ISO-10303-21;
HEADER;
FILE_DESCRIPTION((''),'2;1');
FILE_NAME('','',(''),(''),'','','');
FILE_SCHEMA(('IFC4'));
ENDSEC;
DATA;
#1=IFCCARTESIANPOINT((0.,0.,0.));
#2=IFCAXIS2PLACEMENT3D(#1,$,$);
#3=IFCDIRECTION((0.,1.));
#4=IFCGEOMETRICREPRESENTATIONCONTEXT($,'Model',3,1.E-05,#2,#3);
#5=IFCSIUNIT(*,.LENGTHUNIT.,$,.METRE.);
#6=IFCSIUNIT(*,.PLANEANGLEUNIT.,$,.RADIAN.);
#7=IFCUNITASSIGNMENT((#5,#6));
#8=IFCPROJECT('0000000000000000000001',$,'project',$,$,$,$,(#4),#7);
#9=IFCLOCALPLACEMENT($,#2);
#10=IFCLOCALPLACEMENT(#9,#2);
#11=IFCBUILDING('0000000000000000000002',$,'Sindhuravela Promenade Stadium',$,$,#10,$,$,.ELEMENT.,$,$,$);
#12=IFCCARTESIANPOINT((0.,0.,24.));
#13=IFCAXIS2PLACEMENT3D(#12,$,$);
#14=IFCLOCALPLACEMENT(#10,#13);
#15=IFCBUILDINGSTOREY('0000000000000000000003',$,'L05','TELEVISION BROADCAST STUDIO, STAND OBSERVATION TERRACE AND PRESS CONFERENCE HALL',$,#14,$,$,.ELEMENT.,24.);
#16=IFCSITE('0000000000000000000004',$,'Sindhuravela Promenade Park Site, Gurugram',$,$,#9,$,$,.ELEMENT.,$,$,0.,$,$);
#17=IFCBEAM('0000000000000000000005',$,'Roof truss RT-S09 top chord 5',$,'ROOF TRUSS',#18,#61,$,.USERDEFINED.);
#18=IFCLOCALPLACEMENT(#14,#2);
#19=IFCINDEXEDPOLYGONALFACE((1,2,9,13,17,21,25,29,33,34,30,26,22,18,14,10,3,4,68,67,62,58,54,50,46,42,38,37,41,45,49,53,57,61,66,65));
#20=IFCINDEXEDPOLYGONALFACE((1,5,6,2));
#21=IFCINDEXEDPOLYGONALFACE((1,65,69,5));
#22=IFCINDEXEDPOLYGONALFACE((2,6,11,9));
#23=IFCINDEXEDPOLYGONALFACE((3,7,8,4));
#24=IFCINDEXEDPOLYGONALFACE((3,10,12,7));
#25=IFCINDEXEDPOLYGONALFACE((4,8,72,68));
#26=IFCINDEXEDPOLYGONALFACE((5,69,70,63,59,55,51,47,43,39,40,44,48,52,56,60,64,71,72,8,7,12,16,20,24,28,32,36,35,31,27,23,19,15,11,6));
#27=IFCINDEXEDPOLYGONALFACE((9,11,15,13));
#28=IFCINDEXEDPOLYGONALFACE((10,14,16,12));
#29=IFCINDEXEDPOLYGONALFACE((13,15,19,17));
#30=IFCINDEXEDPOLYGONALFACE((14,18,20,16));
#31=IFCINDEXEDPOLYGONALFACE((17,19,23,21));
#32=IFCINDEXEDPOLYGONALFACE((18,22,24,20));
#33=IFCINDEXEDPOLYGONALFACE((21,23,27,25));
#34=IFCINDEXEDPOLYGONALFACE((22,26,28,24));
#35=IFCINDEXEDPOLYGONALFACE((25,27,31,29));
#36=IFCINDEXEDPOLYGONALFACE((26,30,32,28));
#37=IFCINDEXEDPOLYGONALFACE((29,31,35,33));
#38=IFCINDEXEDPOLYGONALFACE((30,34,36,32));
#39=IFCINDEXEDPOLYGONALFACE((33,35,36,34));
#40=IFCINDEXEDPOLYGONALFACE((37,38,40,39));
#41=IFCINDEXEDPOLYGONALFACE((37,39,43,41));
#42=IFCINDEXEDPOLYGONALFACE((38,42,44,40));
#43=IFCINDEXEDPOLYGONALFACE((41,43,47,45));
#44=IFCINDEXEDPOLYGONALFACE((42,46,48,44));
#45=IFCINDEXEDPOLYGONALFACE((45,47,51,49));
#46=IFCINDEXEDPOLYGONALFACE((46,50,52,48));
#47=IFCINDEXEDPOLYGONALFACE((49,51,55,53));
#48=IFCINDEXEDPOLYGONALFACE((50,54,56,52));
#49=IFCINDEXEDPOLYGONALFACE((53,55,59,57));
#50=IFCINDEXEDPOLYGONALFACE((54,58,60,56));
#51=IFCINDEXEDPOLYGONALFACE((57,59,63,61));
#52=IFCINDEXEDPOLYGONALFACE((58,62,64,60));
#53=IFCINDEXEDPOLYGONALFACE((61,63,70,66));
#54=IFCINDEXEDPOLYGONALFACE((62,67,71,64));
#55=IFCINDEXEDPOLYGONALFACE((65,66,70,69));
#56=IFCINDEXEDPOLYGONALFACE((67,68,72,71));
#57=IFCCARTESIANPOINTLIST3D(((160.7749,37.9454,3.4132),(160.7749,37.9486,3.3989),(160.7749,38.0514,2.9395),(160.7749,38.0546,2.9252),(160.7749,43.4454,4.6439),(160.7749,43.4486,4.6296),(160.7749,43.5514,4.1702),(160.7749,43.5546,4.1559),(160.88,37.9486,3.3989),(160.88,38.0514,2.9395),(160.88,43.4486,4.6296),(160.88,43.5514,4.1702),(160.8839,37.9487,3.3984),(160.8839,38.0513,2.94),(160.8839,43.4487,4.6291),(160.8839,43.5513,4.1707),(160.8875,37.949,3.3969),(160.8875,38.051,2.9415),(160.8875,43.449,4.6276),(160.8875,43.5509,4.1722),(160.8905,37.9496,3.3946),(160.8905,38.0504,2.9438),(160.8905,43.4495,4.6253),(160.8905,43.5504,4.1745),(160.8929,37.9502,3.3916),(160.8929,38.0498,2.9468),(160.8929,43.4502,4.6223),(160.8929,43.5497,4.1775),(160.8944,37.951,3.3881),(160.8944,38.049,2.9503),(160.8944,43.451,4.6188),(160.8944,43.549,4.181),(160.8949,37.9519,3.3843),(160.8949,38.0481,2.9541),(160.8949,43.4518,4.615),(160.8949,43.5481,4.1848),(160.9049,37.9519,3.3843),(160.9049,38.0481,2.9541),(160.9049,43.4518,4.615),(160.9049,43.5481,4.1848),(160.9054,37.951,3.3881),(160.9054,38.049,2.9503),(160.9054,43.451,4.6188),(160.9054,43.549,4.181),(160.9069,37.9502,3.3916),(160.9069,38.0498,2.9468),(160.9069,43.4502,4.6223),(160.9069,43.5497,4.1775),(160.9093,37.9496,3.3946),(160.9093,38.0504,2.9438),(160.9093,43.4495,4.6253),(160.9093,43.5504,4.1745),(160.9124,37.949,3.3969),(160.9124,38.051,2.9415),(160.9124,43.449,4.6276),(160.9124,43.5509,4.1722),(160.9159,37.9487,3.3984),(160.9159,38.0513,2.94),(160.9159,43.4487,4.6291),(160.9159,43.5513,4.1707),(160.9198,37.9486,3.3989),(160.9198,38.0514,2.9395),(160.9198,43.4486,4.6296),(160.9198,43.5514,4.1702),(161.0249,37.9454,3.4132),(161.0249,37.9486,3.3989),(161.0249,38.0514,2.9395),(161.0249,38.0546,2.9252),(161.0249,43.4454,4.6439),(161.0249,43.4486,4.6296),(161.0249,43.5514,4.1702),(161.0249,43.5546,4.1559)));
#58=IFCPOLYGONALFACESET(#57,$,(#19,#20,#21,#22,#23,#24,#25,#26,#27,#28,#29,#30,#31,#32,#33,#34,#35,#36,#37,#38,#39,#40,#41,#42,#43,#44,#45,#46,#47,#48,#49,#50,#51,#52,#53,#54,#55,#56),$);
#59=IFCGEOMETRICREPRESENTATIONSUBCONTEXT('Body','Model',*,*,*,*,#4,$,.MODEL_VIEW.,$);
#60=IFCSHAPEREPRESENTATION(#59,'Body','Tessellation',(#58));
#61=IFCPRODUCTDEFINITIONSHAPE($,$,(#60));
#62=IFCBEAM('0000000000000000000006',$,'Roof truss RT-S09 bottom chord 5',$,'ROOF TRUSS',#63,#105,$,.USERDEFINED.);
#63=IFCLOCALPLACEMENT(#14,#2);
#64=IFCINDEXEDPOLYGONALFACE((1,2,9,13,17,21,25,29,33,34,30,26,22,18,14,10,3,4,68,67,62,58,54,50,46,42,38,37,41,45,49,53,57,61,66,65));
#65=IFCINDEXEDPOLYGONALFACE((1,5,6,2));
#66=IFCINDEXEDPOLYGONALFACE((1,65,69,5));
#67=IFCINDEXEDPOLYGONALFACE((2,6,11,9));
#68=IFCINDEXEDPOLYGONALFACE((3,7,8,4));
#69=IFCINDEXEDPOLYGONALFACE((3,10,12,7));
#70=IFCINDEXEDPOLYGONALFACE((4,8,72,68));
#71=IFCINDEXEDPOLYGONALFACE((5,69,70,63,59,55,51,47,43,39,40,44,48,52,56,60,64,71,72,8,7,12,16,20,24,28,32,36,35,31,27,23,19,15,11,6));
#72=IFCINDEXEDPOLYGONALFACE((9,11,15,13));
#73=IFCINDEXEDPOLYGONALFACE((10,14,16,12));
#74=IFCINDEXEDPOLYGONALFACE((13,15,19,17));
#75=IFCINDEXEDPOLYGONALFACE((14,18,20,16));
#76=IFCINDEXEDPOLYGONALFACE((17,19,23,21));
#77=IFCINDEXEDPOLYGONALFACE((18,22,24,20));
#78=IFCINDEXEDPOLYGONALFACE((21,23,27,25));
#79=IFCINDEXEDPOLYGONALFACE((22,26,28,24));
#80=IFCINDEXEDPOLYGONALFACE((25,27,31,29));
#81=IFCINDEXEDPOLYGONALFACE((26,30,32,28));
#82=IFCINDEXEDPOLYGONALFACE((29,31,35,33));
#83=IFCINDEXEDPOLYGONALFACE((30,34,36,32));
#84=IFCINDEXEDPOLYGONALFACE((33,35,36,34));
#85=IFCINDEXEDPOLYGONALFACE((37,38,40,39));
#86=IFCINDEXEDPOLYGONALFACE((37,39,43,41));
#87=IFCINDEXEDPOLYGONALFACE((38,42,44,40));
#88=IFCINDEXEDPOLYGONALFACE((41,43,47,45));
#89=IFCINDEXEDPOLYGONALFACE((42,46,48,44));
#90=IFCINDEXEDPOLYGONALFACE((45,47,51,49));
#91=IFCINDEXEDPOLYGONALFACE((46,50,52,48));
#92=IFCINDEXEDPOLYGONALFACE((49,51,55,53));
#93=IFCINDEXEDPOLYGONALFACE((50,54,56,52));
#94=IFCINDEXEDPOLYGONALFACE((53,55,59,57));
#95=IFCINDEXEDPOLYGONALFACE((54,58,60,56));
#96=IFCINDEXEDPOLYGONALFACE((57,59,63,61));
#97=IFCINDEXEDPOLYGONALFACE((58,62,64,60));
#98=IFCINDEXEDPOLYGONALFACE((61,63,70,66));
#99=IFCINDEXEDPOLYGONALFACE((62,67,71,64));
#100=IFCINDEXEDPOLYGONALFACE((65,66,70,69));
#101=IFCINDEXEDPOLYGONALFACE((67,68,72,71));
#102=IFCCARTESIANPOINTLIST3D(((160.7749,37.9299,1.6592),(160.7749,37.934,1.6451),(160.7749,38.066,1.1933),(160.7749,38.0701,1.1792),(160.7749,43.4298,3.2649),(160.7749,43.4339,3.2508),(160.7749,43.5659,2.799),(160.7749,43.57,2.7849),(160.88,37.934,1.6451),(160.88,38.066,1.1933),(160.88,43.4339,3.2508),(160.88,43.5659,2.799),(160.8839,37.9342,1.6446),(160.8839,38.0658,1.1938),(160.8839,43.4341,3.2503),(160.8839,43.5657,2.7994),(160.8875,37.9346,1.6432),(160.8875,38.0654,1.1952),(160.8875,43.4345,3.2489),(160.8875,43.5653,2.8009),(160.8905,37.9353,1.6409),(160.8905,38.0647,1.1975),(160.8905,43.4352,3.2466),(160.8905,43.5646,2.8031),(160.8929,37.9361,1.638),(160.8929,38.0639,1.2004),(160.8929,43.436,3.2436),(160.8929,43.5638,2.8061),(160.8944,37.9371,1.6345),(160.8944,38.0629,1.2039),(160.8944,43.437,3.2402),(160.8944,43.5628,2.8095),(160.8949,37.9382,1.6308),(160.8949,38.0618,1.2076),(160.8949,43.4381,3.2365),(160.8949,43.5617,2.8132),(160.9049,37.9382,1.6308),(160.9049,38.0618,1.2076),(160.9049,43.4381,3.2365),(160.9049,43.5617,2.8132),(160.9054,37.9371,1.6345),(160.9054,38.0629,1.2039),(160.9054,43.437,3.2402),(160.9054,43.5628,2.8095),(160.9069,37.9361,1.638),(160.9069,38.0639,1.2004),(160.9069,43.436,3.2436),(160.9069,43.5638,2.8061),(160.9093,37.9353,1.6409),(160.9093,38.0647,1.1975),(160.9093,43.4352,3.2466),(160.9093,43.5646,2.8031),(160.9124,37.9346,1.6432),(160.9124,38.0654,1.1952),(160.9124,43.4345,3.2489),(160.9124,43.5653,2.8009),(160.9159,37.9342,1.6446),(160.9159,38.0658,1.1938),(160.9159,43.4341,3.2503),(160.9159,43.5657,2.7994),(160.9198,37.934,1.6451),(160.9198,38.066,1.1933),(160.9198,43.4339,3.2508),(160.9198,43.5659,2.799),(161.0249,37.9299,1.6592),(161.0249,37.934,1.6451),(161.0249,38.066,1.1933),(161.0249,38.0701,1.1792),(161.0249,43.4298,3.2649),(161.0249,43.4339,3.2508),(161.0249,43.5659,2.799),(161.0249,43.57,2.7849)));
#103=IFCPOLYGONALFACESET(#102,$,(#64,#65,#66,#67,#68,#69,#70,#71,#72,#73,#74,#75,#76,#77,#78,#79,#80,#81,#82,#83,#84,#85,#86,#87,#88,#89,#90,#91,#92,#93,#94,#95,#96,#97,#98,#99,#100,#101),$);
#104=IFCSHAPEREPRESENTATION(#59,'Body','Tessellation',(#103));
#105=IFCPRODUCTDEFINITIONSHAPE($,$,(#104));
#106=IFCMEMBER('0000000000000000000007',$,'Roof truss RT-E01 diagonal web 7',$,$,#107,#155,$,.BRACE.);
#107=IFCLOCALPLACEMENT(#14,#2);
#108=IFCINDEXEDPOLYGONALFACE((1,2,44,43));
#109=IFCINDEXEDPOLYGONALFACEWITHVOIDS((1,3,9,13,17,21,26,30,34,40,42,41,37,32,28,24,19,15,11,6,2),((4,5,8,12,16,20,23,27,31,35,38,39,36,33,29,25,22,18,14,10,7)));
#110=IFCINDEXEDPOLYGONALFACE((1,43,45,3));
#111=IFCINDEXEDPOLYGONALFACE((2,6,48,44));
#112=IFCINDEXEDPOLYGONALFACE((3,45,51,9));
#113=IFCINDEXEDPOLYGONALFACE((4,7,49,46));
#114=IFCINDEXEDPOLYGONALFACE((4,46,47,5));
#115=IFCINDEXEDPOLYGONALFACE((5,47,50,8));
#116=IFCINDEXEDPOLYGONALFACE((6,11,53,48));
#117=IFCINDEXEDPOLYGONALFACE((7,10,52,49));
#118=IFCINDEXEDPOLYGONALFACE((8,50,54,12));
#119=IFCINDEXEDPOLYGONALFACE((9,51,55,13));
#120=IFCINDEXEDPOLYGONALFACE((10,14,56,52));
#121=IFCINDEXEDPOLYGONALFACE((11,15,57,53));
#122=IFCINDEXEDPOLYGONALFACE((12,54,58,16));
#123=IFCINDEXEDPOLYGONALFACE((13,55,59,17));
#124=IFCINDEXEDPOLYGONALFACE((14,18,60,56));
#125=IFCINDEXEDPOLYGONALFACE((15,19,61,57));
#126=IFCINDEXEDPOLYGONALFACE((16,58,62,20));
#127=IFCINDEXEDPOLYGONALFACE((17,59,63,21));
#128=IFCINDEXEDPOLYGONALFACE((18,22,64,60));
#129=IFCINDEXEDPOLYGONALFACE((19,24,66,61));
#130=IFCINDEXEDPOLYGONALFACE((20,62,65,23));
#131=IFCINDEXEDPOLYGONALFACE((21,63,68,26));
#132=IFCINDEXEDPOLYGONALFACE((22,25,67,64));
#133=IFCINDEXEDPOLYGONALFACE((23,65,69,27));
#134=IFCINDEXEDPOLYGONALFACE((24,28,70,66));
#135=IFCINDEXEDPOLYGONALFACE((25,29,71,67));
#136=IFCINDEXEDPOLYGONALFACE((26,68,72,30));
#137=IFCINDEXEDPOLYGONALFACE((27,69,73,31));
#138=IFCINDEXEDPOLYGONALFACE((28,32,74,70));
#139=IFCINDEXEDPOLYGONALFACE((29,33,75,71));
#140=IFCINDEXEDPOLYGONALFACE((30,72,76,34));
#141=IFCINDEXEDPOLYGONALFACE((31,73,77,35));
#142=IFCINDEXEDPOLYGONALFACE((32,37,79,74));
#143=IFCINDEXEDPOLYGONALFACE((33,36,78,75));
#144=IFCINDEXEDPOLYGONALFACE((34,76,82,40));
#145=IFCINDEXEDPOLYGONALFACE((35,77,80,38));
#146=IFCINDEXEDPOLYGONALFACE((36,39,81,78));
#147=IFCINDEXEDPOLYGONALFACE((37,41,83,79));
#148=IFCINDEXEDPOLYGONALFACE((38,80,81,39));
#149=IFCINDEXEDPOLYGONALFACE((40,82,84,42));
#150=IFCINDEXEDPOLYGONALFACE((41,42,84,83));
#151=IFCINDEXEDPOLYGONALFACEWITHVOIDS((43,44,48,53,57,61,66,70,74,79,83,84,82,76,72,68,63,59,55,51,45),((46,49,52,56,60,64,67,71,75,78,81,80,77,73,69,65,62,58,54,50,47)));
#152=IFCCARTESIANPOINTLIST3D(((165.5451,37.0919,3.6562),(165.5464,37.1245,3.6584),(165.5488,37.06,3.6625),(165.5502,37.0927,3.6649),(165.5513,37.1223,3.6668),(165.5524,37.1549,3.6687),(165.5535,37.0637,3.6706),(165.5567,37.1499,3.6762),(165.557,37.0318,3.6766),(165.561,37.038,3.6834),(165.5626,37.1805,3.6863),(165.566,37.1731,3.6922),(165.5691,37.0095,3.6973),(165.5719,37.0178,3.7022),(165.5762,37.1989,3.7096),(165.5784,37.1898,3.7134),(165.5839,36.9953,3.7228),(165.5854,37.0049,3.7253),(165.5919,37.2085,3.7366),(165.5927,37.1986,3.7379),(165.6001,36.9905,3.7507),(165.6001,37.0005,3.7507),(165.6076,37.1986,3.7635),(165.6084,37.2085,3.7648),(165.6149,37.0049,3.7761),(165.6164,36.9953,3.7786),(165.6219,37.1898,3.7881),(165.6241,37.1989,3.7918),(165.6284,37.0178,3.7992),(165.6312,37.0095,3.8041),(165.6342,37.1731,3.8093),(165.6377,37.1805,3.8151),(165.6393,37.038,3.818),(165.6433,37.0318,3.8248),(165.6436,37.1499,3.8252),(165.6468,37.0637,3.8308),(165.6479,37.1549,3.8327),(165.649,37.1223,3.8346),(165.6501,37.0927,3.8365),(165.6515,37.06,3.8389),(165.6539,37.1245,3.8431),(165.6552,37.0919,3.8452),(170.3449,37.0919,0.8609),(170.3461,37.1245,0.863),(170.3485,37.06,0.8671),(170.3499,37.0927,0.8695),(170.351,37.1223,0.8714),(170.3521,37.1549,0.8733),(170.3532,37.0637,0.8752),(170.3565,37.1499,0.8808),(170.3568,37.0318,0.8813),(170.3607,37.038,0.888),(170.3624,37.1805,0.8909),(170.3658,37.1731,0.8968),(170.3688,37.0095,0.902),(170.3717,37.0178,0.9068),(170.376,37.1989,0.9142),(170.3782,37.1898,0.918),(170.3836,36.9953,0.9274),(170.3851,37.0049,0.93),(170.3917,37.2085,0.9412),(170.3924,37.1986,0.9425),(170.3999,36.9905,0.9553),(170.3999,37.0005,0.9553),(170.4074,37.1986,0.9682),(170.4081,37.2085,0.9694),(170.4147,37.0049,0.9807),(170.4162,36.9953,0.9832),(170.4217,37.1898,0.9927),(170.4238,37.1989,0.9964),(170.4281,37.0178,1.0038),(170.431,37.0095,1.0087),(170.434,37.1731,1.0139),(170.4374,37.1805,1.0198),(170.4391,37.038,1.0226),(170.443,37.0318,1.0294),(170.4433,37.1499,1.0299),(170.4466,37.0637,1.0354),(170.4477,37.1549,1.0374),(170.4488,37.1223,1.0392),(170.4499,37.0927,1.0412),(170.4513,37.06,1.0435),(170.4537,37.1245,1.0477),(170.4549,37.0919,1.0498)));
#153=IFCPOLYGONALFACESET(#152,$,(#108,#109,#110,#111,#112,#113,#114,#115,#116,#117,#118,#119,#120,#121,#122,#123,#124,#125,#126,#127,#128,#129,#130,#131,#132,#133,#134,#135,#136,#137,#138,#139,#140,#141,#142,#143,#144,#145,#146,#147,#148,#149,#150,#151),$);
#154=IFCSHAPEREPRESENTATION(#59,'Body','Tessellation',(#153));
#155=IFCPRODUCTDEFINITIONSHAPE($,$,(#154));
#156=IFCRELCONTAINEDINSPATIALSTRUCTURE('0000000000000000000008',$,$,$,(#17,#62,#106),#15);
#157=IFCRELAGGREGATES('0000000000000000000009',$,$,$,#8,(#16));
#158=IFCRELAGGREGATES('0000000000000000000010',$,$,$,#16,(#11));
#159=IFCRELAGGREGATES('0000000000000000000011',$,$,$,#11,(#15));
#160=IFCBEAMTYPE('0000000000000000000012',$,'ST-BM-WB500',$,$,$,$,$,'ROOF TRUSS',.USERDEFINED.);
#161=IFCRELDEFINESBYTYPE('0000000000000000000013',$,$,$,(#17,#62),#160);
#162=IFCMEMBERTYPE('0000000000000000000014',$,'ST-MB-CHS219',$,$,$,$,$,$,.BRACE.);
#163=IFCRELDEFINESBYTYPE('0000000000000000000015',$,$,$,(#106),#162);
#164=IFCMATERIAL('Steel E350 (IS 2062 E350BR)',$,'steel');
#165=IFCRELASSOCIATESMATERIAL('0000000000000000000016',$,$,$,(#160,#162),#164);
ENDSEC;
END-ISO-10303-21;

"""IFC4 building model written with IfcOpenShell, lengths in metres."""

from ifc_helpers import new_model, si_unit, direction, frame, origin, origin_2d, place, context, subcontext, project, spatial, hollow_circle, i_section, extrude, material, material_profile, profile_set, type_object, element, save


model = new_model("IFC4")

# Units and contexts
model_context = context("Model", 3, precision=1e-05, world=origin(), true_north=direction((0.0, 1.0)))
body_context = subcontext(model_context, "Body", "Model", "MODEL_VIEW")
ifc_project = project(units=[si_unit("LENGTHUNIT", "METRE"), si_unit("PLANEANGLEUNIT", "RADIAN")], contexts=[model_context])

# Site, building, storey
site_placement = place(None, origin())
site = spatial("IfcSite", under=ifc_project, at=site_placement, Name="Sindhuravela Promenade Park Site, Gurugram", CompositionType="ELEMENT", RefElevation=0.0)
building_placement = place(site_placement, origin())
building = spatial("IfcBuilding", under=site, at=building_placement, Name="Sindhuravela Promenade Stadium", CompositionType="ELEMENT")
storey_placement = place(building_placement, frame((0.0, 0.0, 24.0)))
storey = spatial("IfcBuildingStorey", under=building, at=storey_placement, Name="L05", Description="TELEVISION BROADCAST STUDIO, STAND OBSERVATION TERRACE AND PRESS CONFERENCE HALL", CompositionType="ELEMENT", Elevation=24.0)

# Beams
ifc_material_1 = material(Name="Steel E350 (IS 2062 E350BR)", Category="steel")
ifc_material_profile_1 = material_profile(ifc_material_1, i_section(OverallWidth=0.25, OverallDepth=0.5, WebThickness=0.01, FlangeThickness=0.0146, FilletRadius=0.0149, at=origin_2d()), Name="ISWB 500")
ifc_profile_set_1 = profile_set([ifc_material_profile_1], Name="Steel E350 (IS 2062 E350BR)")
beam_type = type_object("IfcBeamType", Name="ST-BM-WB500", ElementType="ROOF TRUSS", PredefinedType="USERDEFINED", material=ifc_profile_set_1)
beam_1_placement = place(storey_placement, frame((160.8999, 38.0, 3.1692), z_axis=(0.0, 0.975867, 0.218366), x_axis=(-1.0, 0.0, 0.0)))
element("IfcBeam", 1, at=beam_1_placement, inside=storey, type_object=beam_type, Name="Roof truss RT-S09 top chord 5", ObjectType="ROOF TRUSS", PredefinedType="USERDEFINED", context=body_context, shape_type="SweptSolid", body=[
    extrude(i_section(OverallWidth=0.25, OverallDepth=0.5, WebThickness=0.01, FlangeThickness=0.0146, FilletRadius=0.0149, at=origin_2d()), origin(), (0.0, 0.0, 1.0), 5.636),
])
beam_2_placement = place(storey_placement, frame((160.8999, 38.0, 1.4192), z_axis=(0.0, 0.959927, 0.280249), x_axis=(-1.0, 0.0, 0.0)))
element("IfcBeam", 2, at=beam_2_placement, inside=storey, type_object=beam_type, Name="Roof truss RT-S09 bottom chord 5", ObjectType="ROOF TRUSS", PredefinedType="USERDEFINED", context=body_context, shape_type="SweptSolid", body=[
    extrude(i_section(OverallWidth=0.25, OverallDepth=0.5, WebThickness=0.01, FlangeThickness=0.0146, FilletRadius=0.0149, at=origin_2d()), origin(), (0.0, 0.0, 1.0), 5.7295),
])

# Member
ifc_material_profile_2 = material_profile(ifc_material_1, hollow_circle(Radius=0.1096, WallThickness=0.01, at=origin_2d()), Name="CHS 219.1x10")
ifc_profile_set_2 = profile_set([ifc_material_profile_2], Name="Steel E350 (IS 2062 E350BR)")
member_type_1 = type_object("IfcMemberType", Name="ST-MB-CHS219", PredefinedType="BRACE", material=ifc_profile_set_2)
member_1_placement = place(storey_placement, frame((170.3999, 37.1001, 0.9553), z_axis=(-0.864129, 0.0, 0.50327), x_axis=(0.0, -1.0, 0.0)))
element("IfcMember", 3, at=member_1_placement, inside=storey, type_object=member_type_1, Name="Roof truss RT-E01 diagonal web 7", PredefinedType="BRACE", context=body_context, shape_type="SweptSolid", body=[
    extrude(hollow_circle(Radius=0.1096, WallThickness=0.01, at=origin_2d()), origin(), (0.0, 0.0, 1.0), 5.5544),
])

save(model, "model.ifc")
